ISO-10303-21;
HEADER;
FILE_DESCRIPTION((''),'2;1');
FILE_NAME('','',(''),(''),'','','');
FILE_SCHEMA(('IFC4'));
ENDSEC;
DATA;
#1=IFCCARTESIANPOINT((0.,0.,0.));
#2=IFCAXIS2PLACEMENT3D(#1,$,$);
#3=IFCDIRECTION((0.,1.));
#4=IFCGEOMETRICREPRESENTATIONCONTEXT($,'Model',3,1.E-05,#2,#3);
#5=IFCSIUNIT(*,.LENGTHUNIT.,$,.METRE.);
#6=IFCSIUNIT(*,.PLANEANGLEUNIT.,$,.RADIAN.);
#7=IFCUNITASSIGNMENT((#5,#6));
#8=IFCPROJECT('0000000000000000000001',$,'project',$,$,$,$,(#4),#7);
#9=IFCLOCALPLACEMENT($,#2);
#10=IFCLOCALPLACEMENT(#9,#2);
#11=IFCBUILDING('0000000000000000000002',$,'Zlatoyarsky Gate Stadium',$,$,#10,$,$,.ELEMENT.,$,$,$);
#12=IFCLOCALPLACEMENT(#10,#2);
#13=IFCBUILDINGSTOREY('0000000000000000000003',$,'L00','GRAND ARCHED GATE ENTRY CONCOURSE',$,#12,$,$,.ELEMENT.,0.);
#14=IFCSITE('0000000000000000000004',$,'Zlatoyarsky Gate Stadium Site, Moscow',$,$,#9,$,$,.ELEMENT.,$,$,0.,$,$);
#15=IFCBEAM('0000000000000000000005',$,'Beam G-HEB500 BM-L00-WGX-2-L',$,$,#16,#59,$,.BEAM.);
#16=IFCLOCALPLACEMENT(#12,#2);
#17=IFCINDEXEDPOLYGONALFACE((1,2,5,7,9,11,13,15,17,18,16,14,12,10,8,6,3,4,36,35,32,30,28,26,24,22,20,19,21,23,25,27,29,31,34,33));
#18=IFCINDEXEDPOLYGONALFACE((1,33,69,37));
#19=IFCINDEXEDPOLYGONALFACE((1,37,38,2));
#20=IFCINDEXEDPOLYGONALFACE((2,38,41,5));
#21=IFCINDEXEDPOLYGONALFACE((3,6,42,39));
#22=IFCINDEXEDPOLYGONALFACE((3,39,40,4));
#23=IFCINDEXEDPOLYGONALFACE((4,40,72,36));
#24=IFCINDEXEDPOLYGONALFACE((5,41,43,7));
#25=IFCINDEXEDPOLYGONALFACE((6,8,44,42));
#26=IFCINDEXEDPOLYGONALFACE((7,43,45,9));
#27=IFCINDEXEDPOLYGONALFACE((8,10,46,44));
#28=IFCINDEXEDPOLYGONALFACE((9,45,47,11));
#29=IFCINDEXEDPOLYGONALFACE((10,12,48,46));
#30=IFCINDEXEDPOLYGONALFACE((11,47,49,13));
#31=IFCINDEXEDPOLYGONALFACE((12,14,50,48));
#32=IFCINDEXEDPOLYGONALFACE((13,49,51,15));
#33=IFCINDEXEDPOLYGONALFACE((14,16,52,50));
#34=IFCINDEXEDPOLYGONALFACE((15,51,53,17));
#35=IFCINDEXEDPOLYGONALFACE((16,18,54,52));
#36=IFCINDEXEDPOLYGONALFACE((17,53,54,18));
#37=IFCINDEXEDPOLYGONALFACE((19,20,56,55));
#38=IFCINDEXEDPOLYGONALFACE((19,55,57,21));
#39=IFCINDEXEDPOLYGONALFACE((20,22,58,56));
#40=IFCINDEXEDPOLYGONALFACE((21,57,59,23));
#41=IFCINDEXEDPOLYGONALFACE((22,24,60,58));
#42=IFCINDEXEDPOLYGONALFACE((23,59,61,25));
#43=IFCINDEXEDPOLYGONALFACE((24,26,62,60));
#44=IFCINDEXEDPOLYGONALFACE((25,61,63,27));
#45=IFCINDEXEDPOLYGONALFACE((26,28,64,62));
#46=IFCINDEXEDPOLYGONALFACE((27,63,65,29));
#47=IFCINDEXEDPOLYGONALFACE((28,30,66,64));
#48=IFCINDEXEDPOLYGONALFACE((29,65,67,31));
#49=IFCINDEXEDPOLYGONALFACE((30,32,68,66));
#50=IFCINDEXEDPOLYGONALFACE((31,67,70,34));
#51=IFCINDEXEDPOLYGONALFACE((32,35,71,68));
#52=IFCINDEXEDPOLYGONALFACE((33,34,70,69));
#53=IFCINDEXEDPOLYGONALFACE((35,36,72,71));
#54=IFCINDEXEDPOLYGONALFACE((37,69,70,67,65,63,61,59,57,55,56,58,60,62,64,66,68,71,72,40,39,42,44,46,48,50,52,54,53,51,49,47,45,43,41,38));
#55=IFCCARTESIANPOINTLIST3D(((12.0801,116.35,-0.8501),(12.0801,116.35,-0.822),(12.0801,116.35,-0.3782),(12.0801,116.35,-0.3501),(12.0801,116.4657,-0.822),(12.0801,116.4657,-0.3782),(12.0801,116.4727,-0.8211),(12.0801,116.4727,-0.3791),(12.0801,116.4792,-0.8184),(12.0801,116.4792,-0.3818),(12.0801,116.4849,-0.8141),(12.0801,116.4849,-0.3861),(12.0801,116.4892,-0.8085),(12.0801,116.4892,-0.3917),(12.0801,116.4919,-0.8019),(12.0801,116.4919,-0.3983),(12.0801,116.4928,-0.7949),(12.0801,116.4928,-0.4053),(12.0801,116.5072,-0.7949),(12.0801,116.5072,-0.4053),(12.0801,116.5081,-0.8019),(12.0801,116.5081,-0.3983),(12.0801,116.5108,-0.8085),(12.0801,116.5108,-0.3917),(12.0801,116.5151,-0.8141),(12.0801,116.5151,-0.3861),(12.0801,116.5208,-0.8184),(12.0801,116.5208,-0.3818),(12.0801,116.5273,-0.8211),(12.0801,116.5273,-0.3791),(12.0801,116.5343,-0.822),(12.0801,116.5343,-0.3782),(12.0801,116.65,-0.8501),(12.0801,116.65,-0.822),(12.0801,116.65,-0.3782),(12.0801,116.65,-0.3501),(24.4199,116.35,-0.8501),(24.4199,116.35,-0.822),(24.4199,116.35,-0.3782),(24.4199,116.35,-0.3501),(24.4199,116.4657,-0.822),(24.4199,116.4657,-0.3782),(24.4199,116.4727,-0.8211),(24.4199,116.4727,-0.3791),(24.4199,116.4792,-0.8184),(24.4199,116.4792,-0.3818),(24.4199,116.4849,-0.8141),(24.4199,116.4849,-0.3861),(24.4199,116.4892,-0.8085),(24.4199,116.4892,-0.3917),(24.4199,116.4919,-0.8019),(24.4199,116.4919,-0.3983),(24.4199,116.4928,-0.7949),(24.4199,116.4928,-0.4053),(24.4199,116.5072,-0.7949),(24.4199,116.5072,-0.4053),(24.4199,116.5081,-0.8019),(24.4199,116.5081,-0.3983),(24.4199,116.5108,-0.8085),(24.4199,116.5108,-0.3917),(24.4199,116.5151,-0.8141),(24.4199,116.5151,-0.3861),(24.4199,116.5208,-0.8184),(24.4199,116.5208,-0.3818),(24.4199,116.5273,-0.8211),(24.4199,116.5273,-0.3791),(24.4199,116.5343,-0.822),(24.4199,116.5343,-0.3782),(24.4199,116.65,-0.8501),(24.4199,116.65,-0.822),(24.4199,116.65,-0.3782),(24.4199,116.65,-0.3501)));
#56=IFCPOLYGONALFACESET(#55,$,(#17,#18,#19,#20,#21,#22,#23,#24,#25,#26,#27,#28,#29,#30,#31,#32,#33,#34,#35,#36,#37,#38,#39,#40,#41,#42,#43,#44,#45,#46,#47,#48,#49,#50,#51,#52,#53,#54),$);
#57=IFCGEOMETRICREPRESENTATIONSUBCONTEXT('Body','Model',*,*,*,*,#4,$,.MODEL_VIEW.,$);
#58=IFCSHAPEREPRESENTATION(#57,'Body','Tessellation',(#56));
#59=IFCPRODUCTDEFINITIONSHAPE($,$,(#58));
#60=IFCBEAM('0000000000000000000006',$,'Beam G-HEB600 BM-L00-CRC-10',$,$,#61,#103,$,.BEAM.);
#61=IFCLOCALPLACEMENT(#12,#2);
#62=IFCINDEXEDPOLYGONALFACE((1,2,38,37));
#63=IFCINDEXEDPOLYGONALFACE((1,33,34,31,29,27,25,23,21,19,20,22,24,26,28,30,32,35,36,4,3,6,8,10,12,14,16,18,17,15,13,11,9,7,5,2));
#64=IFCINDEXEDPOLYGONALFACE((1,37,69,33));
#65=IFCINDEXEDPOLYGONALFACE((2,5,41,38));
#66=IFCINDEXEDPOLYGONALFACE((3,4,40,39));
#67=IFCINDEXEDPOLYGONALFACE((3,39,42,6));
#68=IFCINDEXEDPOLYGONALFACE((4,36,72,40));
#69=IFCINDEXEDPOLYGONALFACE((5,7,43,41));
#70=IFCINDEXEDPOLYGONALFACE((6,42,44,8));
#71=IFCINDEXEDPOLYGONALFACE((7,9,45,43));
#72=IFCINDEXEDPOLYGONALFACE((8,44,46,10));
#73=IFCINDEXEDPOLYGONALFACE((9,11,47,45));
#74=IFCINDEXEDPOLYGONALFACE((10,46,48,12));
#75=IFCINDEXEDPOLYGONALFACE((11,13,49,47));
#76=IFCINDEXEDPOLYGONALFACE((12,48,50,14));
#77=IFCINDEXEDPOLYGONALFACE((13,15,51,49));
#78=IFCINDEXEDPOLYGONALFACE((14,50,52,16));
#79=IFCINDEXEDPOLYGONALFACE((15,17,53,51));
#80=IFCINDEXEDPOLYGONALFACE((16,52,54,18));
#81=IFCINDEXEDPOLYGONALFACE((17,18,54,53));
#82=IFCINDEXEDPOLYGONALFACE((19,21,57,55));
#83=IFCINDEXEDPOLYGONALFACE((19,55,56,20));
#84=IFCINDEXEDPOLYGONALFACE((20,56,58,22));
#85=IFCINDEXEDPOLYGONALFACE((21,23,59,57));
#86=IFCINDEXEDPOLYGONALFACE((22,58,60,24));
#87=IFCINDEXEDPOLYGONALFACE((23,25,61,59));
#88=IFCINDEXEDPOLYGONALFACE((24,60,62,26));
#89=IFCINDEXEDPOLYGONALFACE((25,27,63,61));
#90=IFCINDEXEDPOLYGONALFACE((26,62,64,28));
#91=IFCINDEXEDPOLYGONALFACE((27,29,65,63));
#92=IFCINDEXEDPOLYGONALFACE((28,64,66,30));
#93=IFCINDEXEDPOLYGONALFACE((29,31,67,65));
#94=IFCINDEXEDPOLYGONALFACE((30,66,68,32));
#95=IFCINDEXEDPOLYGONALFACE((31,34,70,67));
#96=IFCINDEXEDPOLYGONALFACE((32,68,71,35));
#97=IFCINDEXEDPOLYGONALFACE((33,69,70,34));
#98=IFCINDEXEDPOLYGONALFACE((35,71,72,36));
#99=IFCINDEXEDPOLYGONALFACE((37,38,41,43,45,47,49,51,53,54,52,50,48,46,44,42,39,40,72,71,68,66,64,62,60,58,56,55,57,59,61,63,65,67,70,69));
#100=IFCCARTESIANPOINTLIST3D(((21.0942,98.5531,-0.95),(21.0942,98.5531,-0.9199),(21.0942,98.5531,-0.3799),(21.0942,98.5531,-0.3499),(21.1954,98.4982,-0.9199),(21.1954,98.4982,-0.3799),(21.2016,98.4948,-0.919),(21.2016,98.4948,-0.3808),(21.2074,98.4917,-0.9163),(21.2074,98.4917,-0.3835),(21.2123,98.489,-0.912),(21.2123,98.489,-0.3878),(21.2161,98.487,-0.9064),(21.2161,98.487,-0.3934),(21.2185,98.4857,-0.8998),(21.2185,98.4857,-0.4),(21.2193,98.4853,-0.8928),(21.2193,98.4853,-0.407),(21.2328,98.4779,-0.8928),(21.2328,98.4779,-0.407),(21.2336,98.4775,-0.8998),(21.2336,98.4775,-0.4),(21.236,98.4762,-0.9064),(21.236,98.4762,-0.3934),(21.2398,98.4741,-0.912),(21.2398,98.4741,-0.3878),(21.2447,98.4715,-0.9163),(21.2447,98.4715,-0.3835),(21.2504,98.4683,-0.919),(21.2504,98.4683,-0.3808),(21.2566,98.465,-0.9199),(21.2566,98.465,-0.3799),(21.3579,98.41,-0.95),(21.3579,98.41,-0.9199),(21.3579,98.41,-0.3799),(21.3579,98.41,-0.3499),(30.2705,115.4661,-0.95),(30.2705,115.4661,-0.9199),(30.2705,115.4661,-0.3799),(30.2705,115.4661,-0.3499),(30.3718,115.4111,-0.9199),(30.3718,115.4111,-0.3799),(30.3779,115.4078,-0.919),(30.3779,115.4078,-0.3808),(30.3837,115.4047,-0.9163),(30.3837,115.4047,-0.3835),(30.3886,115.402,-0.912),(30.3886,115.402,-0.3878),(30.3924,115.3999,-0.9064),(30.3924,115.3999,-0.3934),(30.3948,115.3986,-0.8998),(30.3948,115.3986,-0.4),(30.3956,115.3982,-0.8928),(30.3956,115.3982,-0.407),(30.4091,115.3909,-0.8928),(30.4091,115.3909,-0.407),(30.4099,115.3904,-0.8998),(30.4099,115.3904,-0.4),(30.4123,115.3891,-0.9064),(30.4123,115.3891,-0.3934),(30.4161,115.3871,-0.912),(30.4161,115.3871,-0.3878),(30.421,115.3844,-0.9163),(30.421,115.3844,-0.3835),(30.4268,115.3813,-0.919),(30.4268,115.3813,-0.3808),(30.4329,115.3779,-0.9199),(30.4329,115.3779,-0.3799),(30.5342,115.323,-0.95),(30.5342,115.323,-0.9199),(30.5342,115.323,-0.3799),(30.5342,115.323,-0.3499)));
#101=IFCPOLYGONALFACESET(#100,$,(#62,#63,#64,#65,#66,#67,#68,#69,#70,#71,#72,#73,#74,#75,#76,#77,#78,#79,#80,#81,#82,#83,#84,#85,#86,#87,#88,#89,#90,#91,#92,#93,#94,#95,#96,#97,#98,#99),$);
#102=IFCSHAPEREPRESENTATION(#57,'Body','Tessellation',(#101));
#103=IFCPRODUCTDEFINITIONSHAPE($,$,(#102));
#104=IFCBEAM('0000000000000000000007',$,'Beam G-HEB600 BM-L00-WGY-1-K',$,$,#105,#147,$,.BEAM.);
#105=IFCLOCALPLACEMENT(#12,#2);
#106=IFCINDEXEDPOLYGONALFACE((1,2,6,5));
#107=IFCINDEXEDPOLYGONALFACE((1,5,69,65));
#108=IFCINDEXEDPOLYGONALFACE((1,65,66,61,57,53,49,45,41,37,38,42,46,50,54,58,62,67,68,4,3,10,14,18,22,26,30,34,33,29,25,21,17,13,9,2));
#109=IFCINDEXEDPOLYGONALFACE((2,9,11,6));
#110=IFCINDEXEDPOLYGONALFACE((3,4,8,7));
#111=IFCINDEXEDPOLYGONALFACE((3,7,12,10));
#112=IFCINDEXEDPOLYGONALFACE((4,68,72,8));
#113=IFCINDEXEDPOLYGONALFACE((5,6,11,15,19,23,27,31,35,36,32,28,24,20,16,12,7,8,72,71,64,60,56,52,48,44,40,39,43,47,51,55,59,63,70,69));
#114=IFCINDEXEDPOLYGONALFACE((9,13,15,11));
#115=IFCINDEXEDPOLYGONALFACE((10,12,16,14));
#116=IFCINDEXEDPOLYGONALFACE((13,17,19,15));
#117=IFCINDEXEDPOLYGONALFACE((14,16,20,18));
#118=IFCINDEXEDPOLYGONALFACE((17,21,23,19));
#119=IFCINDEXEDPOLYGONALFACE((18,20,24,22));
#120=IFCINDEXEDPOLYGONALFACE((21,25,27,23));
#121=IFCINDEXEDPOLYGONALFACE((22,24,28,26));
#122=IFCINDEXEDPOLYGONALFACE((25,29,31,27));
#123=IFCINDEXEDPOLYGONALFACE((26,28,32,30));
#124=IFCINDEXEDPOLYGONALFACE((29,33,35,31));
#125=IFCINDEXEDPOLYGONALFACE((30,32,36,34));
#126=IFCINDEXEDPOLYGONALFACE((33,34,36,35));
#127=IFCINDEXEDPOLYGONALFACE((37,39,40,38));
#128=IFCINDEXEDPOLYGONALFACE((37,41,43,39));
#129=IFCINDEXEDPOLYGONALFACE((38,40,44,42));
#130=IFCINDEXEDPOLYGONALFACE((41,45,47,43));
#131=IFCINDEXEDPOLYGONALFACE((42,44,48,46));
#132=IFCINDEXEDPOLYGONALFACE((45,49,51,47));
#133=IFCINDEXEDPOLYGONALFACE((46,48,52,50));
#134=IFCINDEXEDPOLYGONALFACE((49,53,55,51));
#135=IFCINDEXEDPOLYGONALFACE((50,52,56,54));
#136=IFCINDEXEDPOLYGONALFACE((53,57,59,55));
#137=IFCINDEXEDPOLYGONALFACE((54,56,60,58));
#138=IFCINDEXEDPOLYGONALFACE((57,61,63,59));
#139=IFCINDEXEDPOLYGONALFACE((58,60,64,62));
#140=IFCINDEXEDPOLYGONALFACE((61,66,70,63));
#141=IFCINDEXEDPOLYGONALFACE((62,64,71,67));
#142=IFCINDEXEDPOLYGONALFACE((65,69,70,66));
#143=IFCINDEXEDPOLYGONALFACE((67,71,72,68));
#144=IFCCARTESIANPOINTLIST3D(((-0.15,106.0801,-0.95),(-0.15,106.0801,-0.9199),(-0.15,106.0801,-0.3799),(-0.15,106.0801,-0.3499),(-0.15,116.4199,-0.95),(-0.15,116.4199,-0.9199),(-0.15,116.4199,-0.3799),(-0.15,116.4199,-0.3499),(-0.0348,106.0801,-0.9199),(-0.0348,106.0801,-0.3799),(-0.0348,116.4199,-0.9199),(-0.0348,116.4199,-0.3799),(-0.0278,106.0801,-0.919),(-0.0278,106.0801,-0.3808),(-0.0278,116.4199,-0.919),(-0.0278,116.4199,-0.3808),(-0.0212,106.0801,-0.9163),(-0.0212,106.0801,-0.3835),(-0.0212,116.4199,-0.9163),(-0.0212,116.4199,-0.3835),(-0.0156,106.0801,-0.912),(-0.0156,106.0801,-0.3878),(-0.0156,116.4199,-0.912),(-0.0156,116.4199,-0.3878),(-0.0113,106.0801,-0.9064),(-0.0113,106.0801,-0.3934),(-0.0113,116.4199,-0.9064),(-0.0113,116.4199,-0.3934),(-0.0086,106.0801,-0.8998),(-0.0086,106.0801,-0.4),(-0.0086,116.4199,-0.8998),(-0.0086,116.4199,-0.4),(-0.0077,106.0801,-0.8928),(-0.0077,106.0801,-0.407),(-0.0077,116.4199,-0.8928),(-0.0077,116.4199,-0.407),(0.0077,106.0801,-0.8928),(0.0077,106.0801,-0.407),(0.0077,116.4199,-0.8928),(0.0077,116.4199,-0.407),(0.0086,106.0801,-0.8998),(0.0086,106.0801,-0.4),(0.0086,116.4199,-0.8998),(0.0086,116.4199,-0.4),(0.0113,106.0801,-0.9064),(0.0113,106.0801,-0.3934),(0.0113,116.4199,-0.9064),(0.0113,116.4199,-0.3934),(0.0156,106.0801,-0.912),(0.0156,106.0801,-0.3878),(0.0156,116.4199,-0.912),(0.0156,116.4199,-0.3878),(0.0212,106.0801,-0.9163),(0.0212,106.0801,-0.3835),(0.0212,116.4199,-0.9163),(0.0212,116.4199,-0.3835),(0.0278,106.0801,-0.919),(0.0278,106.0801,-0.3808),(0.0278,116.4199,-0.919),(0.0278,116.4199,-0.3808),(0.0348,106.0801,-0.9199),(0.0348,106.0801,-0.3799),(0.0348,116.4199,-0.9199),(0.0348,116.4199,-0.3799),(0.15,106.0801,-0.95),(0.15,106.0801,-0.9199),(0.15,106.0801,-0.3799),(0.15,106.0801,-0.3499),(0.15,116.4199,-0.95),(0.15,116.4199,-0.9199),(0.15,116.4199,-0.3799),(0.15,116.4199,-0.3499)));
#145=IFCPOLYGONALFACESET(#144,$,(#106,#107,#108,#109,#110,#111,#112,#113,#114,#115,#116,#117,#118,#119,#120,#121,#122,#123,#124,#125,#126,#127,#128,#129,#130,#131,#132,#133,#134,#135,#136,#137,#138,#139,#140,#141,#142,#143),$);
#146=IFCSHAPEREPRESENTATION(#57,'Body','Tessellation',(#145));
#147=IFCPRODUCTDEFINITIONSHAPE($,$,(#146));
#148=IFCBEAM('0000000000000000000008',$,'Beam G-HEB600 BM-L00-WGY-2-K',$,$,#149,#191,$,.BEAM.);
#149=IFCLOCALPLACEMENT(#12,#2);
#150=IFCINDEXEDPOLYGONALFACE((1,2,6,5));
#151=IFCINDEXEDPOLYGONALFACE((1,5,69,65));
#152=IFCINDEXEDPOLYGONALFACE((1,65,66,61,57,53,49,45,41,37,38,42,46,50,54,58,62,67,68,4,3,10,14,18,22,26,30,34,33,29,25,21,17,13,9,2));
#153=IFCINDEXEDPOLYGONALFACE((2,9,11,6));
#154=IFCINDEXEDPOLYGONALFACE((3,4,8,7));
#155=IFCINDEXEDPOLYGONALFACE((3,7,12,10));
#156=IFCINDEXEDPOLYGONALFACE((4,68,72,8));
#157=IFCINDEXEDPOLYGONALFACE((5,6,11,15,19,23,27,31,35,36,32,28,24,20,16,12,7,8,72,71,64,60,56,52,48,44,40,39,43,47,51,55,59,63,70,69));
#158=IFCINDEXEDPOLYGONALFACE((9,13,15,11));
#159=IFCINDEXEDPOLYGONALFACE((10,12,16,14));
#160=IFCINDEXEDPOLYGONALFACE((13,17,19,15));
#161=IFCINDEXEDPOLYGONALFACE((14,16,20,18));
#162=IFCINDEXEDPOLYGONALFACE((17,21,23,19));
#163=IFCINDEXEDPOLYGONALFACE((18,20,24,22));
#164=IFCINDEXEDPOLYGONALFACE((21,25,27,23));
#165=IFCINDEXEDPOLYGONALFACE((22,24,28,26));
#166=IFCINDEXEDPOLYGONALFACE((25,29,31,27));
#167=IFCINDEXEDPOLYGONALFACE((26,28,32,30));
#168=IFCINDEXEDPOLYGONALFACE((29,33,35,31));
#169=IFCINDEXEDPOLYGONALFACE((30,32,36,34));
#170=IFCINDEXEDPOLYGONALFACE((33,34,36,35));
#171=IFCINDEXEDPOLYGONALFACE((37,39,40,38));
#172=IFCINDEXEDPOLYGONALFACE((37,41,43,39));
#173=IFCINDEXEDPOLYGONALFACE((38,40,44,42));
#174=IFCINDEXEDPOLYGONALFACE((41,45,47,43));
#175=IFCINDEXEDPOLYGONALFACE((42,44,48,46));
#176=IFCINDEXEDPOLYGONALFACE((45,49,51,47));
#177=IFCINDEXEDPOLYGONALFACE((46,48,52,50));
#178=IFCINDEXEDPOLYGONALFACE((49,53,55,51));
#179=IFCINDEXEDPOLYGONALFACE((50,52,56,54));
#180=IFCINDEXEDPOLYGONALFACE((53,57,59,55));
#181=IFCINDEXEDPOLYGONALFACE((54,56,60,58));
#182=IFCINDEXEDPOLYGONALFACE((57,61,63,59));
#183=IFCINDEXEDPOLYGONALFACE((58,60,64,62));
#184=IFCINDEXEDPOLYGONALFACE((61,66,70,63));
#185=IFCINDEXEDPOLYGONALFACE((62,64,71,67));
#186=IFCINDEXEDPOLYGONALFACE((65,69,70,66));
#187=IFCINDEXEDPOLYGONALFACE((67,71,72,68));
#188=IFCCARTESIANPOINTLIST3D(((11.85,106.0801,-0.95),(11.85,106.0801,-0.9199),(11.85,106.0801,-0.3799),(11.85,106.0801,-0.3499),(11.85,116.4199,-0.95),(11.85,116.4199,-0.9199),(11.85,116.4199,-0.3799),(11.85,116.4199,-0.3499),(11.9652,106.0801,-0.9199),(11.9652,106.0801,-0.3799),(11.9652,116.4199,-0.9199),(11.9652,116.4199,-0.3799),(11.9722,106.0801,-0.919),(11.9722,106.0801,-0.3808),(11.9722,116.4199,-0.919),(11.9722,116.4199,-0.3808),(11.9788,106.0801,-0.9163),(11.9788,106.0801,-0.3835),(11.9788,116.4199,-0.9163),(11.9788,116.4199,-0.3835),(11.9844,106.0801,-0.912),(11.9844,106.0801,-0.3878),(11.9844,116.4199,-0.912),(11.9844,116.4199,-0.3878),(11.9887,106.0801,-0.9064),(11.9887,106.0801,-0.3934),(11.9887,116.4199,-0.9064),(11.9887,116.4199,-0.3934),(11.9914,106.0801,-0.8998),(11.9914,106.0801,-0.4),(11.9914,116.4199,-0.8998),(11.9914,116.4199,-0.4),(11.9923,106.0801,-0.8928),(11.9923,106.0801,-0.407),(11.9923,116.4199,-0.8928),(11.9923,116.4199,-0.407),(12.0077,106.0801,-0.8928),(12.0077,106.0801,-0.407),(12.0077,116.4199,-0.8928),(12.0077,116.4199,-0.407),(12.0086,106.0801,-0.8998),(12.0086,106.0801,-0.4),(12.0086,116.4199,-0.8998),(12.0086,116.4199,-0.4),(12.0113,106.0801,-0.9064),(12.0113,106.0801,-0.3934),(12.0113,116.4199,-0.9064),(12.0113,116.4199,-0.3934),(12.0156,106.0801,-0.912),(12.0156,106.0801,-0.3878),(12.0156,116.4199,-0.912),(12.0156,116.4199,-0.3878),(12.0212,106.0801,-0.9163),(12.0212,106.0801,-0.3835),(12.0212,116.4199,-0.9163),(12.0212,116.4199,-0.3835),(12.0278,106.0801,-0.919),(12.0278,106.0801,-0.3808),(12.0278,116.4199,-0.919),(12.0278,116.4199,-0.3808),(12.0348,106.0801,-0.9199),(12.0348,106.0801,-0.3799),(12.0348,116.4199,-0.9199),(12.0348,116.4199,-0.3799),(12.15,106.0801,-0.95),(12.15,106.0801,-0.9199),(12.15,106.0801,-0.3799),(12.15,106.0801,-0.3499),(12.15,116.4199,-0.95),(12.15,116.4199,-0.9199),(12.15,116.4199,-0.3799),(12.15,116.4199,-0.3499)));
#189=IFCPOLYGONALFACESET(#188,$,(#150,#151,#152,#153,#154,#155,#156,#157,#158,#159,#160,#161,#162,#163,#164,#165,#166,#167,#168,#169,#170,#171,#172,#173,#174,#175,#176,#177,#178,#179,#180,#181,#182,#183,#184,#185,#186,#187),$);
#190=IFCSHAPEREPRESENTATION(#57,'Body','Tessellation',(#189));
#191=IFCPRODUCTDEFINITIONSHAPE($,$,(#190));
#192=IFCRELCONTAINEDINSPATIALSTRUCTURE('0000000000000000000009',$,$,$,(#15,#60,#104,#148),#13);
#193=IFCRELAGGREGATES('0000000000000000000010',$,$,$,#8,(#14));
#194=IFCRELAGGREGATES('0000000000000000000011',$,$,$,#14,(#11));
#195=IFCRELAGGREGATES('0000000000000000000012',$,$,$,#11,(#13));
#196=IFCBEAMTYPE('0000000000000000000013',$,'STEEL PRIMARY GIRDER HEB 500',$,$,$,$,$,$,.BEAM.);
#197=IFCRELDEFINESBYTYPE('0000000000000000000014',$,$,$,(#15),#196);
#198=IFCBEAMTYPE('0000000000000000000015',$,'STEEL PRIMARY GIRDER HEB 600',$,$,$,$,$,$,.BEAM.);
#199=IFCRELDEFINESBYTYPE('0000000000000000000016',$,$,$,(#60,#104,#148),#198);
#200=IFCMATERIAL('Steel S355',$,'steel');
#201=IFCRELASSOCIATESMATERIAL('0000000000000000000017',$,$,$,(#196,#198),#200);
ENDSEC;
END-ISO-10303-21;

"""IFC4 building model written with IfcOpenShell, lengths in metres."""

from ifc_helpers import new_model, si_unit, direction, frame, origin, origin_2d, place, context, subcontext, project, spatial, i_section, extrude, material, material_profile, profile_set, type_object, element, save


model = new_model("IFC4")

# Units and contexts
model_context = context("Model", 3, precision=1e-05, world=origin(), true_north=direction((0.0, 1.0)))
body_context = subcontext(model_context, "Body", "Model", "MODEL_VIEW")
ifc_project = project(units=[si_unit("LENGTHUNIT", "METRE"), si_unit("PLANEANGLEUNIT", "RADIAN")], contexts=[model_context])

# Site, building, storey
site_placement = place(None, origin())
site = spatial("IfcSite", under=ifc_project, at=site_placement, Name="Zlatoyarsky Gate Stadium Site, Moscow", CompositionType="ELEMENT", RefElevation=0.0)
building_placement = place(site_placement, origin())
building = spatial("IfcBuilding", under=site, at=building_placement, Name="Zlatoyarsky Gate Stadium", CompositionType="ELEMENT")
storey_placement = place(building_placement, origin())
storey = spatial("IfcBuildingStorey", under=building, at=storey_placement, Name="L00", Description="GRAND ARCHED GATE ENTRY CONCOURSE", CompositionType="ELEMENT", Elevation=0.0)

# Shared definitions
ifc_material_1 = material(Name="Steel S355", Category="steel")

# Beams
ifc_material_profile_1 = material_profile(ifc_material_1, i_section(OverallWidth=0.3, OverallDepth=0.5, WebThickness=0.0144, FlangeThickness=0.0281, FilletRadius=0.0271, at=origin_2d()), Name="HEB 500")
ifc_profile_set_1 = profile_set([ifc_material_profile_1], Name="Steel S355")
beam_type_1 = type_object("IfcBeamType", Name="STEEL PRIMARY GIRDER HEB 500", PredefinedType="BEAM", material=ifc_profile_set_1)
beam_1_placement = place(storey_placement, frame((12.0801, 116.5, -0.6001), z_axis=(1.0, 0.0, 0.0), x_axis=(0.0, 1.0, 0.0)))
element("IfcBeam", 1, at=beam_1_placement, inside=storey, type_object=beam_type_1, Name="Beam G-HEB500 BM-L00-WGX-2-L", PredefinedType="BEAM", context=body_context, shape_type="SweptSolid", body=[
    extrude(i_section(OverallWidth=0.3, OverallDepth=0.5, WebThickness=0.0144, FlangeThickness=0.0281, FilletRadius=0.0271, at=origin_2d()), origin(), (0.0, 0.0, 1.0), 12.3398),
])
ifc_material_profile_2 = material_profile(ifc_material_1, i_section(OverallWidth=0.3, OverallDepth=0.6001, WebThickness=0.0154, FlangeThickness=0.03, FilletRadius=0.0271, at=origin_2d()), Name="HEB 600")
ifc_profile_set_2 = profile_set([ifc_material_profile_2], Name="Steel S355")
beam_type_2 = type_object("IfcBeamType", Name="STEEL PRIMARY GIRDER HEB 600", PredefinedType="BEAM", material=ifc_profile_set_2)
beam_2_placement = place(storey_placement, frame((30.4023, 115.3945, -0.6499), z_axis=(-0.476892, -0.878962, 0.0), x_axis=(0.878962, -0.476892, 0.0)))
element("IfcBeam", 2, at=beam_2_placement, inside=storey, type_object=beam_type_2, Name="Beam G-HEB600 BM-L00-CRC-10", PredefinedType="BEAM", context=body_context, shape_type="SweptSolid", body=[
    extrude(i_section(OverallWidth=0.3, OverallDepth=0.6001, WebThickness=0.0154, FlangeThickness=0.03, FilletRadius=0.0271, at=origin_2d()), origin(), (0.0, 0.0, 1.0), 19.2419),
])
for number, where, z_axis, x_axis, name in (
    (3, (0.0, 106.0801, -0.6499), (0.0, 1.0, 0.0), (-1.0, 0.0, 0.0), "Beam G-HEB600 BM-L00-WGY-1-K"),
    (4, (12.0, 106.0801, -0.6499), (0.0, 1.0, 0.0), (-1.0, 0.0, 0.0), "Beam G-HEB600 BM-L00-WGY-2-K"),
):
    element("IfcBeam", number, at=place(storey_placement, frame(where, z_axis=z_axis, x_axis=x_axis)), inside=storey, type_object=beam_type_2, Name=name, PredefinedType="BEAM", context=body_context, shape_type="SweptSolid", body=[
        extrude(i_section(OverallWidth=0.3, OverallDepth=0.6001, WebThickness=0.0154, FlangeThickness=0.03, FilletRadius=0.0271, at=origin_2d()), origin(), (0.0, 0.0, 1.0), 10.3398),
    ])

save(model, "model.ifc")
